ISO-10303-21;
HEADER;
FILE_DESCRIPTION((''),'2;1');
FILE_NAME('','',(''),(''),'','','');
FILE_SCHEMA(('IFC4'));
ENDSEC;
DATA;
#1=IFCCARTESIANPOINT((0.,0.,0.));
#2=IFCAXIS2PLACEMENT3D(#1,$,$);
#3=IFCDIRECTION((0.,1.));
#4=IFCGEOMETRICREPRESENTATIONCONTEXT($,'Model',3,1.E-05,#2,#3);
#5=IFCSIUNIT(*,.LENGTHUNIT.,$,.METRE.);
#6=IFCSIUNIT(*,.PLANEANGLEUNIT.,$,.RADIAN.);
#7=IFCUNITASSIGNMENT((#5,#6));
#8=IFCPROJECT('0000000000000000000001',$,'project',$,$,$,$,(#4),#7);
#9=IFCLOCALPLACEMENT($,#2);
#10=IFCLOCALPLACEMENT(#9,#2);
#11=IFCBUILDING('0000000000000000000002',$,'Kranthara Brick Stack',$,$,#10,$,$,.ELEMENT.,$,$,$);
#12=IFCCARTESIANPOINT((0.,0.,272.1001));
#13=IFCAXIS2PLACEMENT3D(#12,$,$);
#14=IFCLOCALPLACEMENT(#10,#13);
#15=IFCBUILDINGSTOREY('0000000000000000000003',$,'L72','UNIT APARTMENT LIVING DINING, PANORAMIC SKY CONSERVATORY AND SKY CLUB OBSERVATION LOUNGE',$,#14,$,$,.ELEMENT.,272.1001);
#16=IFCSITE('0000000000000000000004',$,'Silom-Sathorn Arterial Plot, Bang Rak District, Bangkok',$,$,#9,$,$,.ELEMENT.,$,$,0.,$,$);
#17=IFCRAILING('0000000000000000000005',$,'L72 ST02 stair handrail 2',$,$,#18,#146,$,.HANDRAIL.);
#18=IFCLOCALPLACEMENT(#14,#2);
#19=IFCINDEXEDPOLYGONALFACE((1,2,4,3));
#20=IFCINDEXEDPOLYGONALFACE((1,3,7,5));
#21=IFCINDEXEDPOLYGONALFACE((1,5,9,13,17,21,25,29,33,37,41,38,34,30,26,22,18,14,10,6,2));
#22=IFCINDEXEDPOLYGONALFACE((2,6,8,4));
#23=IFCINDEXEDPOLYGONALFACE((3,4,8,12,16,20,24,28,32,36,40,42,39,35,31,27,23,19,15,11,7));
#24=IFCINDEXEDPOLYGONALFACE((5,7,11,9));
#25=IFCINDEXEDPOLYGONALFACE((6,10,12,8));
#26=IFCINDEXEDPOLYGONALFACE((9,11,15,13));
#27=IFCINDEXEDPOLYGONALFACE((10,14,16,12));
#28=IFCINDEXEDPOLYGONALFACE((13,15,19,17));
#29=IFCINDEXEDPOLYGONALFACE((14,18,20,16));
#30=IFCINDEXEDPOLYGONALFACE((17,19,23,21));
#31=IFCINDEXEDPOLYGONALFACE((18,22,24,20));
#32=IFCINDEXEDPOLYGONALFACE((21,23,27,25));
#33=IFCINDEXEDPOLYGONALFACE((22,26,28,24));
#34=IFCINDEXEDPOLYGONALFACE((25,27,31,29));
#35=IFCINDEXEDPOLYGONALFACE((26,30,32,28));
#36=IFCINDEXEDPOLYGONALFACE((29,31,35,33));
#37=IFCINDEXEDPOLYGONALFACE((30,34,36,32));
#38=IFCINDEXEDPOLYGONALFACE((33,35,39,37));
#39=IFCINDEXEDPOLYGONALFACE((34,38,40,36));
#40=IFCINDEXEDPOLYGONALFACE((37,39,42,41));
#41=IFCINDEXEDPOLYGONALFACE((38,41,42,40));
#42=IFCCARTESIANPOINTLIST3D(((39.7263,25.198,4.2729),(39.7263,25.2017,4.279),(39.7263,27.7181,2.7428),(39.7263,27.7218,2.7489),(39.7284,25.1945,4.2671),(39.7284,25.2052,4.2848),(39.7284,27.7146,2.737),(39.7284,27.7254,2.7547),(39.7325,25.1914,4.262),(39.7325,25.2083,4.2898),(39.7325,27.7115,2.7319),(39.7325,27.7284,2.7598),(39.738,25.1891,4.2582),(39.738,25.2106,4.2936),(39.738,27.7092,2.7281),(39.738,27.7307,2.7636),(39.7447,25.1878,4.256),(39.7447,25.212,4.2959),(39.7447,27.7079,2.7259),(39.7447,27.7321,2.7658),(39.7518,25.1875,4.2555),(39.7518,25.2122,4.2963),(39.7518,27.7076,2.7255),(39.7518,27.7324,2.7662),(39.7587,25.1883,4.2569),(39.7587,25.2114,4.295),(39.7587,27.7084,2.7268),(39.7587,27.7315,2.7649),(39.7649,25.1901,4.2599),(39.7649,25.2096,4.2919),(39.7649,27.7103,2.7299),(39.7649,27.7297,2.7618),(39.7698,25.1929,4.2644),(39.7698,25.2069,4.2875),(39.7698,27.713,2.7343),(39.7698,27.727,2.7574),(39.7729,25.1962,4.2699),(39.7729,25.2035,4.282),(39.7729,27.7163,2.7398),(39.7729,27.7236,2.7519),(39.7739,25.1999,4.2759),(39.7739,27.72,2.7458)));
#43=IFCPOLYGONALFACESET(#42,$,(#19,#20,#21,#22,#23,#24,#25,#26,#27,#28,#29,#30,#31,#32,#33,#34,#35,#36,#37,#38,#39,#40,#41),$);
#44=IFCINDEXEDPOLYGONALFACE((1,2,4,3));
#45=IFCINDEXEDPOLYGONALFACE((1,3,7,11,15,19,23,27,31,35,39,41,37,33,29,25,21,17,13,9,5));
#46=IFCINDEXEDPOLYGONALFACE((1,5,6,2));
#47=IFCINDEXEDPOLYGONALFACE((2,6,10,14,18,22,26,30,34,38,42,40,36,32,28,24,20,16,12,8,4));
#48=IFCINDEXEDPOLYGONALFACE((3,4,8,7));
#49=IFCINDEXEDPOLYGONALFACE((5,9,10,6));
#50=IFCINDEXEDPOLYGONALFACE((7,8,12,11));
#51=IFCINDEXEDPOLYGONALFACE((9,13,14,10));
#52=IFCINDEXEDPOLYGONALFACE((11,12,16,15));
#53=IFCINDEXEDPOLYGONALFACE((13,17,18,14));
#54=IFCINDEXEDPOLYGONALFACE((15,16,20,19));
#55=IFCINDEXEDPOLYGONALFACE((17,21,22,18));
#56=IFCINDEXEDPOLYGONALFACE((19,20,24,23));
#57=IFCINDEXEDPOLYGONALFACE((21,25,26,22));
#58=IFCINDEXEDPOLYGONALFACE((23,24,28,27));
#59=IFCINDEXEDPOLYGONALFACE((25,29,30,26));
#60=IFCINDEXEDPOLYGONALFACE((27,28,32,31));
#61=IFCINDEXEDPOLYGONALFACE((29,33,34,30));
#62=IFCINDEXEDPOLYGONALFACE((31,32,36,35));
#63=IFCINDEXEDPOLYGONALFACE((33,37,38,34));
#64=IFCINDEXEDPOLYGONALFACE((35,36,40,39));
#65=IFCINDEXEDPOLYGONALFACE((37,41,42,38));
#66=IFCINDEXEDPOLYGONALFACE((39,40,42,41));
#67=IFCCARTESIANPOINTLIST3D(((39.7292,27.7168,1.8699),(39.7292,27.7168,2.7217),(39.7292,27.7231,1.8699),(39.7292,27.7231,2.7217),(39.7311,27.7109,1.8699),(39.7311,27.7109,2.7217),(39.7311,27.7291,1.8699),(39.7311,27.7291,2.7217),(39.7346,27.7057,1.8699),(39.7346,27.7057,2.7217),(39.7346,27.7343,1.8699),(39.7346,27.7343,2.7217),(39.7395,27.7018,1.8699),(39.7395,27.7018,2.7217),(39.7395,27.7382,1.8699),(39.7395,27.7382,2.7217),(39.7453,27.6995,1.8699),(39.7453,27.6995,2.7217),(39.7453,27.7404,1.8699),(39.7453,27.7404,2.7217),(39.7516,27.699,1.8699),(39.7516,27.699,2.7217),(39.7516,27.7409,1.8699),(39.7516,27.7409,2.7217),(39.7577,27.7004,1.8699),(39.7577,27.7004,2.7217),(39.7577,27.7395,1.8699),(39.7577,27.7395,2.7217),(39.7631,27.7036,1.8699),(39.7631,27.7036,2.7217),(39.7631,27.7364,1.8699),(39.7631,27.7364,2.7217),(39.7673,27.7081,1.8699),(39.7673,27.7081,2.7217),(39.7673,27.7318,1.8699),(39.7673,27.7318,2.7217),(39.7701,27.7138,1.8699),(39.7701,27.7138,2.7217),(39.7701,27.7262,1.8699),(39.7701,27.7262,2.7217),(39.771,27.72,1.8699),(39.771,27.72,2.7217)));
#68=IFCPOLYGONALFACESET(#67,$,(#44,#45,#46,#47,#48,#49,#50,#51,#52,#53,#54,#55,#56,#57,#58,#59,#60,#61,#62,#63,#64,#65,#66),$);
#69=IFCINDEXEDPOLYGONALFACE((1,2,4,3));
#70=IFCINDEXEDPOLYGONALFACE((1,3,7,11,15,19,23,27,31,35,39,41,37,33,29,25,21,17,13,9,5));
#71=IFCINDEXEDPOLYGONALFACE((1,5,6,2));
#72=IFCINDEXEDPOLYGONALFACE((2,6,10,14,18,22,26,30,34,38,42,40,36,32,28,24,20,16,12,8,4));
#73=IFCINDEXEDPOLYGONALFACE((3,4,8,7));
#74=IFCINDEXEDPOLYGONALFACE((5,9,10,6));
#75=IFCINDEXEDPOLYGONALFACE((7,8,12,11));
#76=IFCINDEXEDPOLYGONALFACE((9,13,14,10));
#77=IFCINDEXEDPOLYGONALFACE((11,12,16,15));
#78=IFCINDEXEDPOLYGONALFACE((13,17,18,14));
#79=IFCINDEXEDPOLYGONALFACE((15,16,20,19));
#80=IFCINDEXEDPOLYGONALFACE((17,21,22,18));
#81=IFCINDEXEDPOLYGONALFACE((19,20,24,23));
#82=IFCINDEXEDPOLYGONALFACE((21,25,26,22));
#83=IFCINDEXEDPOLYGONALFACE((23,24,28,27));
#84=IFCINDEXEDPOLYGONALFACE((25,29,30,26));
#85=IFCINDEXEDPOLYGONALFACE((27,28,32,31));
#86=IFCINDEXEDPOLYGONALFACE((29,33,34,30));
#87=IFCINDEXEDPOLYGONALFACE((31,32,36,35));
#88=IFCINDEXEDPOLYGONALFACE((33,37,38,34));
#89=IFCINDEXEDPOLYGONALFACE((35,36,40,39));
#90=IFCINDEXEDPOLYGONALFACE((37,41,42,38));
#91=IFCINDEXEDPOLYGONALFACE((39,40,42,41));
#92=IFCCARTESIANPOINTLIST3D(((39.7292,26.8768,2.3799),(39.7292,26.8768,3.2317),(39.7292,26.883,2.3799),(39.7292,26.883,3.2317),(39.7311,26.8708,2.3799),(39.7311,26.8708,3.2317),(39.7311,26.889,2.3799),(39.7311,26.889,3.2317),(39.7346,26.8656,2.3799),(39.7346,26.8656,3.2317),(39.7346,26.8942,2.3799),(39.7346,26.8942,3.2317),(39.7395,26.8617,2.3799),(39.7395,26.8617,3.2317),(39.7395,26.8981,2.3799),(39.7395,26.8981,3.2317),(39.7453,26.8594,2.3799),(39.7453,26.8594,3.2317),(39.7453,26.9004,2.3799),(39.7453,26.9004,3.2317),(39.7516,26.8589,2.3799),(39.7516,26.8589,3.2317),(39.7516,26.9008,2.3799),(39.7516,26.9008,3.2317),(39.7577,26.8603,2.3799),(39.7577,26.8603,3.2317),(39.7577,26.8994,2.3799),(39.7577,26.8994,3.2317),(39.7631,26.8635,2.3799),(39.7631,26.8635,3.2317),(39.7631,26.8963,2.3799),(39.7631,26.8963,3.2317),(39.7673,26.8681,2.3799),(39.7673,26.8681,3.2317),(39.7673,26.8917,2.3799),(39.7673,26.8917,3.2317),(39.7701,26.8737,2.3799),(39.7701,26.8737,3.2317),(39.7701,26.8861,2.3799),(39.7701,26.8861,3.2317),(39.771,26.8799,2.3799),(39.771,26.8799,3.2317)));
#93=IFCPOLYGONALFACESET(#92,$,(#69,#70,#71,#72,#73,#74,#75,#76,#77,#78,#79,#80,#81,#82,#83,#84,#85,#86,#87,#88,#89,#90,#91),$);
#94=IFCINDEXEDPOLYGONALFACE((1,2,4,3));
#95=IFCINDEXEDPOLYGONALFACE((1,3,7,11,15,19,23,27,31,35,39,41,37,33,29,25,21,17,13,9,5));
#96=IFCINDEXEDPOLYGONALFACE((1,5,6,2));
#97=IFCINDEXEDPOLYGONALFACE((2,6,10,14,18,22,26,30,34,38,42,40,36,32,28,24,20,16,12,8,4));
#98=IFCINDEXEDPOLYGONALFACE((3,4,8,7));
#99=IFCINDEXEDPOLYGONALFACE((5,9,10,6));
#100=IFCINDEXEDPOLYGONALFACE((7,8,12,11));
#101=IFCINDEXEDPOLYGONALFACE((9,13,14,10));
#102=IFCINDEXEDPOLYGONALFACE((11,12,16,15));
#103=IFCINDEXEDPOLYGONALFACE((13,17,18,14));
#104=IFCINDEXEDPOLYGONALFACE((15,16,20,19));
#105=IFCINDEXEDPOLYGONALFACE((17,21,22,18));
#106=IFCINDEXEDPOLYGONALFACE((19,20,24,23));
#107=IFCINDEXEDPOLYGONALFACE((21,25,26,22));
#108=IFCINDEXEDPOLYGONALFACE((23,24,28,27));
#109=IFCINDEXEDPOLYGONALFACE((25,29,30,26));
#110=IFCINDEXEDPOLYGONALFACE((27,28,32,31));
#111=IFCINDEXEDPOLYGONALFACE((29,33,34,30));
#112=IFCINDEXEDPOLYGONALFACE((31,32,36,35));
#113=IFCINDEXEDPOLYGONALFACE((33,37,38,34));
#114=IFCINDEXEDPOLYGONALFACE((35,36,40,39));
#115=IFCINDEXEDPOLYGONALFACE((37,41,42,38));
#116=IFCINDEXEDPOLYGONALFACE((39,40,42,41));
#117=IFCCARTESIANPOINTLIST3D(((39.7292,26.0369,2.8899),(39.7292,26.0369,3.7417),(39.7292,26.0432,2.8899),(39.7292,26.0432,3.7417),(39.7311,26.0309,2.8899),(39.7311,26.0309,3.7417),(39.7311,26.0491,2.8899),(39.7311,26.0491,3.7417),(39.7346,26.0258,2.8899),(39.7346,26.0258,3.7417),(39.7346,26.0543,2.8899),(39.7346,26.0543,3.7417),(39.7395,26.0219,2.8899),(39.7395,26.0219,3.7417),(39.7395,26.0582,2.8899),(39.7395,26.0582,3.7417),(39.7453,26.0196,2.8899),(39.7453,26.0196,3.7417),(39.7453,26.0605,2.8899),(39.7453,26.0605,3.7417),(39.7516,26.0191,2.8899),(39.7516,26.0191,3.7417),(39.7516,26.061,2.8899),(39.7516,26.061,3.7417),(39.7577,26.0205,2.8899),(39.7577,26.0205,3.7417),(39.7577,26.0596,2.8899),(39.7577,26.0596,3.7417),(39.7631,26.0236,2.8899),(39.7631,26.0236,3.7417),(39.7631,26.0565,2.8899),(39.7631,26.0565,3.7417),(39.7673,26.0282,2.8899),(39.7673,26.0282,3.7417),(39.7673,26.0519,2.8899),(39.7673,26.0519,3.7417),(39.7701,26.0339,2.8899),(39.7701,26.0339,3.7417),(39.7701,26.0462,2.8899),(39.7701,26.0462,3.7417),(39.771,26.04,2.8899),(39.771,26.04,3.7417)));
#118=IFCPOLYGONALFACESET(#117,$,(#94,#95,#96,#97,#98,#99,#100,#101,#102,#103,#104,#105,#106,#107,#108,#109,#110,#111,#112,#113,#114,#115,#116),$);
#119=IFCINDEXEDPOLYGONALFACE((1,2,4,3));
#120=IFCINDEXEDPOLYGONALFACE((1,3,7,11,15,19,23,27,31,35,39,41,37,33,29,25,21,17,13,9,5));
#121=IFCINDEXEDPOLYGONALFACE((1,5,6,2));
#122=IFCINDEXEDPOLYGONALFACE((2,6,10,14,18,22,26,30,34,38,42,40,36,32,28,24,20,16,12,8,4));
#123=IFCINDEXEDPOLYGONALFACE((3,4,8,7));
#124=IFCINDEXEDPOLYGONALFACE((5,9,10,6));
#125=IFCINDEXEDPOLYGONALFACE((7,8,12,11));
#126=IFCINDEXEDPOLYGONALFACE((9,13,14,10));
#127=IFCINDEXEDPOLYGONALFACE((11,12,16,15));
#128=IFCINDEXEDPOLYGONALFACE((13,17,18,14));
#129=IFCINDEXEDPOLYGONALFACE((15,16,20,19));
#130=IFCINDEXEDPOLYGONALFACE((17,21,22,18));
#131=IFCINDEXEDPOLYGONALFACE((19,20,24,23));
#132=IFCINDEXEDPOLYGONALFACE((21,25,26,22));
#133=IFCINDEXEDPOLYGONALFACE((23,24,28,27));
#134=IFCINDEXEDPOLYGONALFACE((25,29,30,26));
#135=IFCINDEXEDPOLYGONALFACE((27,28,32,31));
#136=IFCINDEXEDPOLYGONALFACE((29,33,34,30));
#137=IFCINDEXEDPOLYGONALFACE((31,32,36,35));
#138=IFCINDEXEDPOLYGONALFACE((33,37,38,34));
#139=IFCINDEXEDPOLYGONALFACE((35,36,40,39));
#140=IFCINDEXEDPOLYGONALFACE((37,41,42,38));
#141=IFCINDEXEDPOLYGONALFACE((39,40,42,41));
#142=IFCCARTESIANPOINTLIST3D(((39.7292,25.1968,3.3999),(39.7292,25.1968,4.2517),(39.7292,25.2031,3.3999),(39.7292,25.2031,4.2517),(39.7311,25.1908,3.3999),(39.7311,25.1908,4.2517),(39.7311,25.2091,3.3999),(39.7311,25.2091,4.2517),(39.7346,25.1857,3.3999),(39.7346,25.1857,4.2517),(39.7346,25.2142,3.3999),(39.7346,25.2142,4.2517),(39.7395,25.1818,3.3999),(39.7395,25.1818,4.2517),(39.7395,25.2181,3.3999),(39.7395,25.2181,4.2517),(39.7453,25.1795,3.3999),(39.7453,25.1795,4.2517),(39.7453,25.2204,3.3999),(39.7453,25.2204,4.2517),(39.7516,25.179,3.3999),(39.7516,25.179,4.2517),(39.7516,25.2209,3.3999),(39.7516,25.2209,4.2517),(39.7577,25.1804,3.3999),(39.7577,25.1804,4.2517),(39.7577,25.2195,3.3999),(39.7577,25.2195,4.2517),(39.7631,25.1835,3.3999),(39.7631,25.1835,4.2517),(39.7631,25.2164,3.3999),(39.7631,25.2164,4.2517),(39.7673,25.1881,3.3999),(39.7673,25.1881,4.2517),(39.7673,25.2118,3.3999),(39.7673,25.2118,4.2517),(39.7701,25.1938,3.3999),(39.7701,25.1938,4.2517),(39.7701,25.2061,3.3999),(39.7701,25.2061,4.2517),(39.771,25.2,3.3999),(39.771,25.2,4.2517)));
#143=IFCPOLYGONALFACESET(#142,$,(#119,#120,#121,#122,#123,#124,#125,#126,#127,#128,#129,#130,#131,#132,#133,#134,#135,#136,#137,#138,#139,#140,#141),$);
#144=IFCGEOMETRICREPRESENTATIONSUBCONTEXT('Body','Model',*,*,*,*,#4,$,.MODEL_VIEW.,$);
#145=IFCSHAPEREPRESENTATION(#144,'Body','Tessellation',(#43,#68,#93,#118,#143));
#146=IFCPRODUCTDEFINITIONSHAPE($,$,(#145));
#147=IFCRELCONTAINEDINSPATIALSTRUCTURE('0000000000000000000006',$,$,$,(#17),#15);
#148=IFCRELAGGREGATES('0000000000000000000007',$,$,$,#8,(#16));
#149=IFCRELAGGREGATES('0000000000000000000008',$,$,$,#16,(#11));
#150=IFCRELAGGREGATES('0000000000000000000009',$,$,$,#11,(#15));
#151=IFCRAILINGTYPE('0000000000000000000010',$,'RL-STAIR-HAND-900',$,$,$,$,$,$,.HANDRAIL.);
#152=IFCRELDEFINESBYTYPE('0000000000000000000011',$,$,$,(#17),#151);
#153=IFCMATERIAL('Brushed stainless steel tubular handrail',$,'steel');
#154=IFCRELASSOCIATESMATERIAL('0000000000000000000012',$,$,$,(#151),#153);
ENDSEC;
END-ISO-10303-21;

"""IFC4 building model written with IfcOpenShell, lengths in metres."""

from ifc_helpers import new_model, si_unit, direction, frame, origin, origin_2d, place, context, subcontext, project, spatial, circle, extrude, material, type_object, element, save


model = new_model("IFC4")

# Units and contexts
model_context = context("Model", 3, precision=1e-05, world=origin(), true_north=direction((0.0, 1.0)))
body_context = subcontext(model_context, "Body", "Model", "MODEL_VIEW")
ifc_project = project(units=[si_unit("LENGTHUNIT", "METRE"), si_unit("PLANEANGLEUNIT", "RADIAN")], contexts=[model_context])

# Site, building, storey
site_placement = place(None, origin())
site = spatial("IfcSite", under=ifc_project, at=site_placement, Name="Silom-Sathorn Arterial Plot, Bang Rak District, Bangkok", CompositionType="ELEMENT", RefElevation=0.0)
building_placement = place(site_placement, origin())
building = spatial("IfcBuilding", under=site, at=building_placement, Name="Kranthara Brick Stack", CompositionType="ELEMENT")
storey_placement = place(building_placement, frame((0.0, 0.0, 272.1001)))
storey = spatial("IfcBuildingStorey", under=building, at=storey_placement, Name="L72", Description="UNIT APARTMENT LIVING DINING, PANORAMIC SKY CONSERVATORY AND SKY CLUB OBSERVATION LOUNGE", CompositionType="ELEMENT", Elevation=272.1001)

# Railing
ifc_material_1 = material(Name="Brushed stainless steel tubular handrail", Category="steel")
railing_type_1 = type_object("IfcRailingType", Name="RL-STAIR-HAND-900", PredefinedType="HANDRAIL", material=ifc_material_1)
railing_1_placement = place(storey_placement, frame((39.75, 27.72, 1.8699)))
element("IfcRailing", 1, at=railing_1_placement, inside=storey, type_object=railing_type_1, Name="L72 ST02 stair handrail 2", PredefinedType="HANDRAIL", context=body_context, shape_type="SweptSolid", body=[
    extrude(circle(Radius=0.0239, at=origin_2d()), frame((0.0, 0.0, 0.876), z_axis=(0.0, -0.854785, 0.518982), x_axis=(1.0, 0.0, 0.0)), (0.0, 0.0, 1.0), 2.9482),
    extrude(circle(Radius=0.021, at=origin_2d()), origin(), (0.0, 0.0, 1.0), 0.8518),
    extrude(circle(Radius=0.021, at=origin_2d()), frame((0.0, -0.8401, 0.51)), (0.0, 0.0, 1.0), 0.8518),
    extrude(circle(Radius=0.021, at=origin_2d()), frame((0.0, -1.6799, 1.02)), (0.0, 0.0, 1.0), 0.8518),
    extrude(circle(Radius=0.021, at=origin_2d()), frame((0.0, -2.52, 1.53)), (0.0, 0.0, 1.0), 0.8518),
])

save(model, "model.ifc")
